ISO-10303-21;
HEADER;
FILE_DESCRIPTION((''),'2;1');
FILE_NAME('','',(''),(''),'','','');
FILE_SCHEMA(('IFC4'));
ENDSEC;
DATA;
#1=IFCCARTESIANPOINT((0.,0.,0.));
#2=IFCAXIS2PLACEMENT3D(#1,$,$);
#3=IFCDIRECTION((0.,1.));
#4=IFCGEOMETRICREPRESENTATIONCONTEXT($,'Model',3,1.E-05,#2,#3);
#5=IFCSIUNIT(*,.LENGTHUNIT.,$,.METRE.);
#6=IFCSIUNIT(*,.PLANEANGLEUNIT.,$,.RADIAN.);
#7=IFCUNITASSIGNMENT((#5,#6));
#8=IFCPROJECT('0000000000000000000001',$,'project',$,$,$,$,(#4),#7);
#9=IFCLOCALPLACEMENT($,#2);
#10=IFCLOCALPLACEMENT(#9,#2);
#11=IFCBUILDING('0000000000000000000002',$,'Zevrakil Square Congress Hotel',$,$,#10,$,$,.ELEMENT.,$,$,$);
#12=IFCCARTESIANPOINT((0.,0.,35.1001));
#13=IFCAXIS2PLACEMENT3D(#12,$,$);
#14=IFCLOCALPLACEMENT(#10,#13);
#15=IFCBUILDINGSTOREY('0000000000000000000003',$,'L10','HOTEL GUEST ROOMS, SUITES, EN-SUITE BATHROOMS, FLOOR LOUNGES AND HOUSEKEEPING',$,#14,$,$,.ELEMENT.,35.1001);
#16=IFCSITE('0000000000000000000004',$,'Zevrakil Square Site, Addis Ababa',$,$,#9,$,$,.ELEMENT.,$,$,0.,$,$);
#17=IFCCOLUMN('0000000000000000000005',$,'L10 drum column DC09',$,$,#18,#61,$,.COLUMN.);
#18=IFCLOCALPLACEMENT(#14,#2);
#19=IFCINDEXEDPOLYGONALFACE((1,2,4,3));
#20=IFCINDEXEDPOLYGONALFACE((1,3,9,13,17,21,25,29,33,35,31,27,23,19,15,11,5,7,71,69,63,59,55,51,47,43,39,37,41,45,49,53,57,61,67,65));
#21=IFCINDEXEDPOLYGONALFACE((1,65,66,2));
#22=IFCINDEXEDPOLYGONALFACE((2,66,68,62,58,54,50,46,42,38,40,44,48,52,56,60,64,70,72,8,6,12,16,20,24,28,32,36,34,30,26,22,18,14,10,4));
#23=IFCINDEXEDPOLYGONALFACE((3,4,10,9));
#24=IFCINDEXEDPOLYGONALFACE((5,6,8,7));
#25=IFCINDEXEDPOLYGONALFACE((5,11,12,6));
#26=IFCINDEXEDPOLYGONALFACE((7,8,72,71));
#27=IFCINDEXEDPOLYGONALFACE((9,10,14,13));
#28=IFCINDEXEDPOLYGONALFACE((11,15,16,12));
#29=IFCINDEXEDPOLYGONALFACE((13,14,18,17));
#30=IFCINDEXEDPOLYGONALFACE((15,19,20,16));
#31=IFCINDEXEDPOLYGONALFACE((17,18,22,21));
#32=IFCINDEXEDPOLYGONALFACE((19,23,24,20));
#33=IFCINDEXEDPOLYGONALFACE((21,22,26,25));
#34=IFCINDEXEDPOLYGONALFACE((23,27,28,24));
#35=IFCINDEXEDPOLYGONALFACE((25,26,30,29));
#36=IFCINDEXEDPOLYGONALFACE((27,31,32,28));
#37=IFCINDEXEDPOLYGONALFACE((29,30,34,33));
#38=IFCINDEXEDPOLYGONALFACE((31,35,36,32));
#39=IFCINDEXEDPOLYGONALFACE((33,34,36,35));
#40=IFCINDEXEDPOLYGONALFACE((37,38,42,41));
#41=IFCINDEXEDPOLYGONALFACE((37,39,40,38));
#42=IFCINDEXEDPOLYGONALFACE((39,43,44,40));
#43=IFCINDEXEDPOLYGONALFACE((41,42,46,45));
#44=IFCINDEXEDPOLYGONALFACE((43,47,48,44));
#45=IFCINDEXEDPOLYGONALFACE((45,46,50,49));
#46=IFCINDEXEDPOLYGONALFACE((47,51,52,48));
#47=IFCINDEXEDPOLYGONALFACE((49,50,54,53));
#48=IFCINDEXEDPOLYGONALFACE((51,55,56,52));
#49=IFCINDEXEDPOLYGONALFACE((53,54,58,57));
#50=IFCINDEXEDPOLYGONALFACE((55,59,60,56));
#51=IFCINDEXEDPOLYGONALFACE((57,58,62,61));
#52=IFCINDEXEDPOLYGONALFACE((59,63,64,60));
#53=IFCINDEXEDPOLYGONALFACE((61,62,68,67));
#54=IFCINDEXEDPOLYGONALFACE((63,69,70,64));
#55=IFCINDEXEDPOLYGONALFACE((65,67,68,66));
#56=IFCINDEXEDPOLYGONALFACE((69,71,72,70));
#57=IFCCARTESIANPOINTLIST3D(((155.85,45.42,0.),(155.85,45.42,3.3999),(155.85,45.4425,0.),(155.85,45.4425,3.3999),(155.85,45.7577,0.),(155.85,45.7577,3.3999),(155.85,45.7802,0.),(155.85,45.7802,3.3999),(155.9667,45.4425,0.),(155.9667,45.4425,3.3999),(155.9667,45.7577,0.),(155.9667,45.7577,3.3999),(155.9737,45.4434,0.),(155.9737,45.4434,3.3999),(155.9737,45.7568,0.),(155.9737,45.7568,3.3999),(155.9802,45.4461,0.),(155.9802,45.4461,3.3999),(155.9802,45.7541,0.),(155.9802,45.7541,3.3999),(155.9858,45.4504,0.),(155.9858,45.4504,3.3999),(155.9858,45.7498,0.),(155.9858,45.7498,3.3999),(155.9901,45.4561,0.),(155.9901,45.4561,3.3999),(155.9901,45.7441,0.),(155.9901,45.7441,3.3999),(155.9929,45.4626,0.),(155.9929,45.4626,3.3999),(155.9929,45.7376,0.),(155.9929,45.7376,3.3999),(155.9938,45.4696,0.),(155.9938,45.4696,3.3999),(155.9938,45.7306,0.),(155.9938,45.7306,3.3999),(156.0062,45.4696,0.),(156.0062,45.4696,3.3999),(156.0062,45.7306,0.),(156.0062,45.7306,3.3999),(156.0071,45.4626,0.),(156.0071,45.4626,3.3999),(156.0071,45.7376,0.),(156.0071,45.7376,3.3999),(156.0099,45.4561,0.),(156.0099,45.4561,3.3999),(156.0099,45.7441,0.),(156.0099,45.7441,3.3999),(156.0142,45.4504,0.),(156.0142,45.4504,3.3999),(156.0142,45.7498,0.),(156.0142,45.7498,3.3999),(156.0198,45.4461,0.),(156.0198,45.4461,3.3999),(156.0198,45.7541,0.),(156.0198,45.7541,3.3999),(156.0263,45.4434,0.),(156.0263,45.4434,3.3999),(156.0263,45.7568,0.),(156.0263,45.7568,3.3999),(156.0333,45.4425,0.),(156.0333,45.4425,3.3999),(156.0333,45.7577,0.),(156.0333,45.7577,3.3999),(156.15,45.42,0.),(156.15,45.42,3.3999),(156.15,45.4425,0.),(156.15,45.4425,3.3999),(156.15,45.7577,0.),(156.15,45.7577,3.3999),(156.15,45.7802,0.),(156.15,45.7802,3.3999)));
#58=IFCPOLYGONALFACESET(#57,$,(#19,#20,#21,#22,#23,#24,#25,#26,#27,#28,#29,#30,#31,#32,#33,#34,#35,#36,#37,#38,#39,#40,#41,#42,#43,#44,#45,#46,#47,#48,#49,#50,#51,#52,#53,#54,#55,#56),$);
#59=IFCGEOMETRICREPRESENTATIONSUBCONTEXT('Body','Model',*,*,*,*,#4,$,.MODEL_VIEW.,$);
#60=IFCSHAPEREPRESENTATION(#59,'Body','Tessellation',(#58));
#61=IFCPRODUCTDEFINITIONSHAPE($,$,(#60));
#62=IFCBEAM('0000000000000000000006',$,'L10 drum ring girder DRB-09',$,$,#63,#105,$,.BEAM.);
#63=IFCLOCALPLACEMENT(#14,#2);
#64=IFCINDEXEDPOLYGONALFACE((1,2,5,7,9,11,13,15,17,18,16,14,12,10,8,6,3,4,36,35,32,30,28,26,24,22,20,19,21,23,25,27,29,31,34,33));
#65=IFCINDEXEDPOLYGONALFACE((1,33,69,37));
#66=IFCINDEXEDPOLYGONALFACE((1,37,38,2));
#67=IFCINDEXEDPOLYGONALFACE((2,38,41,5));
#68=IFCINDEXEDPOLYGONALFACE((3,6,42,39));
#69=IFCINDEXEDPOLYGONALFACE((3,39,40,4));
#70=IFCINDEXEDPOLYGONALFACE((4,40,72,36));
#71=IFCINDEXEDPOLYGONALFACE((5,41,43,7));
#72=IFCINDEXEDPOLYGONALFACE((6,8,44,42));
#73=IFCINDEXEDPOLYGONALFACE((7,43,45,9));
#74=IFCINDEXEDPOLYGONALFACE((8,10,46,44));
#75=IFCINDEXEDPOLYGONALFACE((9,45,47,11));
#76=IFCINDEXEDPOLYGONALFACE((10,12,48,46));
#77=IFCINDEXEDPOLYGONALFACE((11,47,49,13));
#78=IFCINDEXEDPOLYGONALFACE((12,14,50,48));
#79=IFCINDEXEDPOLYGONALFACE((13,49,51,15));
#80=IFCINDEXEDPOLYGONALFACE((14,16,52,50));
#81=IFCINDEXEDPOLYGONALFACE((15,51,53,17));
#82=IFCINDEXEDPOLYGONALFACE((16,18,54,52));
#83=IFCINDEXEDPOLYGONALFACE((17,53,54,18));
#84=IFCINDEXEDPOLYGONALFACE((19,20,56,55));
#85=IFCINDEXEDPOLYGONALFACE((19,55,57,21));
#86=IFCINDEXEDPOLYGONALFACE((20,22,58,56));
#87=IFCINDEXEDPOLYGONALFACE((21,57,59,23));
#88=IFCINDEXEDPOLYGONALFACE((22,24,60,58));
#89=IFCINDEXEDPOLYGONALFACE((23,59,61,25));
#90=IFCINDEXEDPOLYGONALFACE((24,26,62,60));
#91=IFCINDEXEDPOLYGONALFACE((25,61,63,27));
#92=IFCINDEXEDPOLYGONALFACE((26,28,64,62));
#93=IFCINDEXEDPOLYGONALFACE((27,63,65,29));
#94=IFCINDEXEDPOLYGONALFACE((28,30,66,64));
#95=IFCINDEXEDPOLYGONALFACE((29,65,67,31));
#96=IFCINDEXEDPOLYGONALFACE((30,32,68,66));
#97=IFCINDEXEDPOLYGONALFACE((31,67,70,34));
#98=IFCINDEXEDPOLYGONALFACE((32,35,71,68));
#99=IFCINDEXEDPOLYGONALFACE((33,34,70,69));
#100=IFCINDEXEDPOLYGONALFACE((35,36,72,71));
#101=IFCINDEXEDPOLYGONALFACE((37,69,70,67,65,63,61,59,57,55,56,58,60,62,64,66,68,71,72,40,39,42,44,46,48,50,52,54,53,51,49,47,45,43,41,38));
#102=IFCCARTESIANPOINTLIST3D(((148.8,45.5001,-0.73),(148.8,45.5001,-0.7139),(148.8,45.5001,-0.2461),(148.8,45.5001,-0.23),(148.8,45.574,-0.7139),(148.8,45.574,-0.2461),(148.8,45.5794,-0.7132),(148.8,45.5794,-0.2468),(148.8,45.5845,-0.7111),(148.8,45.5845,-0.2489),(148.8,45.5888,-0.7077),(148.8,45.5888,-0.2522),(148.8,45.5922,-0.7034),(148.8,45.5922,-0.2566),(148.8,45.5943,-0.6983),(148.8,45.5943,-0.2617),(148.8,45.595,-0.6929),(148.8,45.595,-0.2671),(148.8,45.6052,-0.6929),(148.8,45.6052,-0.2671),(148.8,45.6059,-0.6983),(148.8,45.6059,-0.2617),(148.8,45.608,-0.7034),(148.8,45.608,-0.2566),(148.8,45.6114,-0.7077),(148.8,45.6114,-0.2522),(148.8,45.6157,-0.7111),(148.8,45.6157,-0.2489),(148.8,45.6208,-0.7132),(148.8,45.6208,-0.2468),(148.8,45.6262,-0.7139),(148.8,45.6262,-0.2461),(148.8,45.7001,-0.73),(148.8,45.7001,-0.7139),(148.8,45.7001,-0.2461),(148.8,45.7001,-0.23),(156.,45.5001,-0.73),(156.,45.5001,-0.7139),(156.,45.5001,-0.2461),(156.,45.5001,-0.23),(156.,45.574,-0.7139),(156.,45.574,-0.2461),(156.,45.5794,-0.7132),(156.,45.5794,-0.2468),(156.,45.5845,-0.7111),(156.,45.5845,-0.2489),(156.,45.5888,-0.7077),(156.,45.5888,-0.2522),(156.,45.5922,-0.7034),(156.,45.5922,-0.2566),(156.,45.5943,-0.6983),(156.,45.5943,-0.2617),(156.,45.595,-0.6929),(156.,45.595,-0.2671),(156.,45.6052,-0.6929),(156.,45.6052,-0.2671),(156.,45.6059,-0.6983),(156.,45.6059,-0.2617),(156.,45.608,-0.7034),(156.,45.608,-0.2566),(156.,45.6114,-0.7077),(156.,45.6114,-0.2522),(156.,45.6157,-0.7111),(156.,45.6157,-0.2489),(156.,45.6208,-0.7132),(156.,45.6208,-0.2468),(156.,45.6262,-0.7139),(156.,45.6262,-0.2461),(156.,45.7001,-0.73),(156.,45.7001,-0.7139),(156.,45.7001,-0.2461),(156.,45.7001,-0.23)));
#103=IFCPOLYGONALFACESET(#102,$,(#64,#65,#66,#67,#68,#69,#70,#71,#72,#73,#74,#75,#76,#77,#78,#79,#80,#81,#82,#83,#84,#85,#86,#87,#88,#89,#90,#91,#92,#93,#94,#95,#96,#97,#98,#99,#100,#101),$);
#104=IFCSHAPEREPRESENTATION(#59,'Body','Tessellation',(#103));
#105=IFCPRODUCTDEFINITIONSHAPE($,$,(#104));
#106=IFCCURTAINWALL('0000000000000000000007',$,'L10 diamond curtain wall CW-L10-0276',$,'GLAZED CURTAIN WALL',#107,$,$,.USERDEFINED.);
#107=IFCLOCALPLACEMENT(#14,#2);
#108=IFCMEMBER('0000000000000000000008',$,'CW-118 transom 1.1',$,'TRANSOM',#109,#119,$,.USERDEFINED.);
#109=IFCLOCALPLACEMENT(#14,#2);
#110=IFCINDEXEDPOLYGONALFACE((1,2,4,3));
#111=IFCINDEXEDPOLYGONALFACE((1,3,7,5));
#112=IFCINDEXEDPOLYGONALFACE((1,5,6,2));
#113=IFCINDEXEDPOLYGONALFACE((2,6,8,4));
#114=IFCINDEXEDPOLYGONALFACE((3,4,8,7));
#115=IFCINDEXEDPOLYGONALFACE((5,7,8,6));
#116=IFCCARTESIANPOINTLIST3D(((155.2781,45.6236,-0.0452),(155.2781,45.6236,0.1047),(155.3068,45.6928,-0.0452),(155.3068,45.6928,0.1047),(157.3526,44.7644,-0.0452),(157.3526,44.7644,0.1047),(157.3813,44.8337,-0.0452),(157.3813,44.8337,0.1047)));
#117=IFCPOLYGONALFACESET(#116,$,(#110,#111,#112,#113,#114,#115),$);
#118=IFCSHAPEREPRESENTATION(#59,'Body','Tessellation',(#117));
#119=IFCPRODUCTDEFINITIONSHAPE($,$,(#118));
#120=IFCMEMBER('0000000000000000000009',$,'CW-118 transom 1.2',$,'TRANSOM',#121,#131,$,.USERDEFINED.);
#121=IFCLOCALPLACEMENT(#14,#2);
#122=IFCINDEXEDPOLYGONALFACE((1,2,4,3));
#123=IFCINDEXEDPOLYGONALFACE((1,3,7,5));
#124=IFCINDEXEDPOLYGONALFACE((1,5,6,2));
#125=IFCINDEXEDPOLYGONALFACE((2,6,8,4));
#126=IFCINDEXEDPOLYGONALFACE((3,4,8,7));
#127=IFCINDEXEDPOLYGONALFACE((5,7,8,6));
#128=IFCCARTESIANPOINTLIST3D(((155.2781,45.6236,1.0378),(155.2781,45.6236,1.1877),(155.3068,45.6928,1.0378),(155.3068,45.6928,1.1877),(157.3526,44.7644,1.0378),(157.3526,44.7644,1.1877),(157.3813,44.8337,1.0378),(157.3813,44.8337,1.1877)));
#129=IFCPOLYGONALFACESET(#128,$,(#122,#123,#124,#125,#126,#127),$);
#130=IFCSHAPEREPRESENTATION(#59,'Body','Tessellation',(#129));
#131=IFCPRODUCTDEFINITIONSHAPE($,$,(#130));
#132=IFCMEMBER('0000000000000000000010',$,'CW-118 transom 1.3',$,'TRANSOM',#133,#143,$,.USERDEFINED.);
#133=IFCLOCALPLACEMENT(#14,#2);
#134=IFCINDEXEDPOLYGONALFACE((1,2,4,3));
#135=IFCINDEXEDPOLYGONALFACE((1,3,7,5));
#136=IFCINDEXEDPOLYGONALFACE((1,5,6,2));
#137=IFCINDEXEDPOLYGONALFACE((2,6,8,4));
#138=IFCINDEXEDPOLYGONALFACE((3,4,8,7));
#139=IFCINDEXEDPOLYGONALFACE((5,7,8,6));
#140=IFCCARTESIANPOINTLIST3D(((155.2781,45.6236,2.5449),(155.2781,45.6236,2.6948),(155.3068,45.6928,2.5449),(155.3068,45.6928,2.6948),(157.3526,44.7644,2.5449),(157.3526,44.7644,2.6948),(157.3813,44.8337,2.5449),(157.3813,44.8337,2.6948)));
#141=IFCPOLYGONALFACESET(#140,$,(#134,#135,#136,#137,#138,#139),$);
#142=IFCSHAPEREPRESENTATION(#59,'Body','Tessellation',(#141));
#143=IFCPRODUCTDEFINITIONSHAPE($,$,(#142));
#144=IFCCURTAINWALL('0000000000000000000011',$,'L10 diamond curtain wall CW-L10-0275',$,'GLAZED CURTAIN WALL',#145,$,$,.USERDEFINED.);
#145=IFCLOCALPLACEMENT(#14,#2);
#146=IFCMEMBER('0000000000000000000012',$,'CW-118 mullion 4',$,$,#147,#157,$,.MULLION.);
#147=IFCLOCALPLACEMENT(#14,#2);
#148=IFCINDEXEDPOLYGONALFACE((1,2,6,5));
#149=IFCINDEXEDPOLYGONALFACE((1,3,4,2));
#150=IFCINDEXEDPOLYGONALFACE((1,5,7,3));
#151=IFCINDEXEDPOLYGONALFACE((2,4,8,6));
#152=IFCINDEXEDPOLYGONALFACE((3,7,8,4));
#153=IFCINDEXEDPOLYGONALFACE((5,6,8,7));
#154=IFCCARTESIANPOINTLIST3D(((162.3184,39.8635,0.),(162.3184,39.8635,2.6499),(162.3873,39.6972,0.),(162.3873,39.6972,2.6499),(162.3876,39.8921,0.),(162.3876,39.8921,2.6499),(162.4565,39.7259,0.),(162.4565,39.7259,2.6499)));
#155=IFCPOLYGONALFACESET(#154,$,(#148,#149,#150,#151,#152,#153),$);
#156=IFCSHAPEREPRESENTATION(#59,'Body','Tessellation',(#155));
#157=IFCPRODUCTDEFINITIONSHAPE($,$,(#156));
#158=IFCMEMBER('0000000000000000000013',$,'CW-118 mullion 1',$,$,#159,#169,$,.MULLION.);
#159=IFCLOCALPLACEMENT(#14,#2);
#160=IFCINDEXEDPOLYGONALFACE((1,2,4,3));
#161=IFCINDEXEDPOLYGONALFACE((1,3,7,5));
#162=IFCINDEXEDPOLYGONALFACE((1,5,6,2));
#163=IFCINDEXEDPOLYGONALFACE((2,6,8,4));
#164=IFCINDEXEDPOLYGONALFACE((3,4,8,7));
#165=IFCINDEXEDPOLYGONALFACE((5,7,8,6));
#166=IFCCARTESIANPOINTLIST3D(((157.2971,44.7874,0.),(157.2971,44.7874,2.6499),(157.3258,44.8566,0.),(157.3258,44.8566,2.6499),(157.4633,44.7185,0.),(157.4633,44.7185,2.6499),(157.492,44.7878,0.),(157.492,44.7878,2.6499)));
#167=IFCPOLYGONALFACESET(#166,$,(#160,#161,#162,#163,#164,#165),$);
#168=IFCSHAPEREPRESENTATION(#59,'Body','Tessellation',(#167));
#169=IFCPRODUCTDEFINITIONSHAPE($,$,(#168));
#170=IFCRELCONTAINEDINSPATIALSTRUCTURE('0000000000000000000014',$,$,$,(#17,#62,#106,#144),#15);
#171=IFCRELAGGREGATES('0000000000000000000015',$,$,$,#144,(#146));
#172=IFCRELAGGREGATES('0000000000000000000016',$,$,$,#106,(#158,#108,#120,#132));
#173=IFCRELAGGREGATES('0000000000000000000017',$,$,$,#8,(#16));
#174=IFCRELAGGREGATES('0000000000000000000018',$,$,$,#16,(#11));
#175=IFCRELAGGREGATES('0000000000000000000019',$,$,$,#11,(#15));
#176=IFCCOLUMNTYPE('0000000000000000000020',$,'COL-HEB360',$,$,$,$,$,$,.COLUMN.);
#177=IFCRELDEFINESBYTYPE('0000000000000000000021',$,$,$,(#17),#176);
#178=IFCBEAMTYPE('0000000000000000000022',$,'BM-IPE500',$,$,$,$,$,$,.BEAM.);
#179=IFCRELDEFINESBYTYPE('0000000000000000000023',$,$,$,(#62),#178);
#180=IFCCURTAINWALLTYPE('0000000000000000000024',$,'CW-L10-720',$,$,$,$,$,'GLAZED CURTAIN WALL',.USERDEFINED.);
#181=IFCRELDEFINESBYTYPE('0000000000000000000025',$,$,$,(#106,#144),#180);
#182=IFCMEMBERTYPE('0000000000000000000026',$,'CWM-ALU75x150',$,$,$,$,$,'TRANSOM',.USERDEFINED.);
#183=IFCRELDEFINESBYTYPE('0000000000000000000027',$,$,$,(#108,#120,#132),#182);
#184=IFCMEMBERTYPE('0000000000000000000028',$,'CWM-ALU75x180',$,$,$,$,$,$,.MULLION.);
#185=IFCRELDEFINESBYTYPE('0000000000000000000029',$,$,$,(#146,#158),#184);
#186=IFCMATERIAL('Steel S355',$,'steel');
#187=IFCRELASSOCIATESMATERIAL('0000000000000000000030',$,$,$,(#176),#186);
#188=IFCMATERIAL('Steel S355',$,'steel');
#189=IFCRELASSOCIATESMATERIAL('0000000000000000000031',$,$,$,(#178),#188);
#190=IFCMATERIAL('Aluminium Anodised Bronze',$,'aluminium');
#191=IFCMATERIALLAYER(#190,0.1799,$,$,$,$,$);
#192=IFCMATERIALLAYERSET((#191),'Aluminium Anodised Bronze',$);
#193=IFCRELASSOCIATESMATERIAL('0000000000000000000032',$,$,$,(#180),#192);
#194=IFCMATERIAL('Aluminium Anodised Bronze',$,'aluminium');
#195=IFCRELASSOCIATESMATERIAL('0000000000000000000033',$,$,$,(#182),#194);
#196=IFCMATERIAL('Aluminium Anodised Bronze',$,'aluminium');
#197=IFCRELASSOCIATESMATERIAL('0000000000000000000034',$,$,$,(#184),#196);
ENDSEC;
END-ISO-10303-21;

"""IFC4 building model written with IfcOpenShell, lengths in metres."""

from ifc_helpers import new_model, si_unit, direction, frame, origin, origin_2d, place, context, subcontext, project, spatial, rectangle, i_section, extrude, material, layer, layer_set, material_profile, profile_set, type_object, element, aggregate, save


model = new_model("IFC4")

# Units and contexts
model_context = context("Model", 3, precision=1e-05, world=origin(), true_north=direction((0.0, 1.0)))
body_context = subcontext(model_context, "Body", "Model", "MODEL_VIEW")
ifc_project = project(units=[si_unit("LENGTHUNIT", "METRE"), si_unit("PLANEANGLEUNIT", "RADIAN")], contexts=[model_context])

# Site, building, storey
site_placement = place(None, origin())
site = spatial("IfcSite", under=ifc_project, at=site_placement, Name="Zevrakil Square Site, Addis Ababa", CompositionType="ELEMENT", RefElevation=0.0)
building_placement = place(site_placement, origin())
building = spatial("IfcBuilding", under=site, at=building_placement, Name="Zevrakil Square Congress Hotel", CompositionType="ELEMENT")
storey_placement = place(building_placement, frame((0.0, 0.0, 35.1001)))
storey = spatial("IfcBuildingStorey", under=building, at=storey_placement, Name="L10", Description="HOTEL GUEST ROOMS, SUITES, EN-SUITE BATHROOMS, FLOOR LOUNGES AND HOUSEKEEPING", CompositionType="ELEMENT", Elevation=35.1001)

# Column
ifc_material_1 = material(Name="Steel S355", Category="steel")
ifc_material_profile_1 = material_profile(ifc_material_1, i_section(OverallWidth=0.3, OverallDepth=0.3601, WebThickness=0.0125, FlangeThickness=0.0225, FilletRadius=0.0271, at=origin_2d()), Name="HEB 360")
ifc_profile_set_1 = profile_set([ifc_material_profile_1], Name="Steel S355")
column_type = type_object("IfcColumnType", Name="COL-HEB360", PredefinedType="COLUMN", material=ifc_profile_set_1)
column_placement = place(storey_placement, frame((156.0, 45.6001, 0.0), z_axis=(0.0, 0.0, 1.0), x_axis=(1.0, 0.0, 0.0)))
element("IfcColumn", 1, at=column_placement, inside=storey, type_object=column_type, Name="L10 drum column DC09", PredefinedType="COLUMN", context=body_context, shape_type="SweptSolid", body=[
    extrude(i_section(OverallWidth=0.3, OverallDepth=0.3601, WebThickness=0.0125, FlangeThickness=0.0225, FilletRadius=0.0271, at=origin_2d()), origin(), (0.0, 0.0, 1.0), 3.3999),
])

# Beam
ifc_material_2 = material(Name="Steel S355", Category="steel")
ifc_material_profile_2 = material_profile(ifc_material_2, i_section(OverallWidth=0.2, OverallDepth=0.5, WebThickness=0.0103, FlangeThickness=0.0161, FilletRadius=0.021, at=origin_2d()), Name="IPE 500")
ifc_profile_set_2 = profile_set([ifc_material_profile_2], Name="Steel S355")
beam_type_1 = type_object("IfcBeamType", Name="BM-IPE500", PredefinedType="BEAM", material=ifc_profile_set_2)
beam_1_placement = place(storey_placement, frame((156.0, 45.6001, -0.48), z_axis=(-1.0, 0.0, 0.0), x_axis=(0.0, -1.0, 0.0)))
element("IfcBeam", 2, at=beam_1_placement, inside=storey, type_object=beam_type_1, Name="L10 drum ring girder DRB-09", PredefinedType="BEAM", context=body_context, shape_type="SweptSolid", body=[
    extrude(i_section(OverallWidth=0.2, OverallDepth=0.5, WebThickness=0.0103, FlangeThickness=0.0161, FilletRadius=0.021, at=origin_2d()), origin(), (0.0, 0.0, 1.0), 7.2),
])

# Curtain wall, members
ifc_material_3 = material(Name="Aluminium Anodised Bronze", Category="aluminium")
ifc_layer_1 = layer(ifc_material_3, 0.1799)
ifc_layer_set_1 = layer_set([ifc_layer_1], Name="Aluminium Anodised Bronze")
curtain_wall_type = type_object("IfcCurtainWallType", Name="CW-L10-720", ElementType="GLAZED CURTAIN WALL", PredefinedType="USERDEFINED", material=ifc_layer_set_1)
curtain_wall_1_placement = place(storey_placement, origin())
curtain_wall_1 = element("IfcCurtainWall", 3, at=curtain_wall_1_placement, inside=storey, type_object=curtain_wall_type, Name="L10 diamond curtain wall CW-L10-0276", ObjectType="GLAZED CURTAIN WALL", PredefinedType="USERDEFINED")
ifc_material_4 = material(Name="Aluminium Anodised Bronze", Category="aluminium")
ifc_material_profile_3 = material_profile(ifc_material_4, rectangle(XDim=0.075, YDim=0.1499, at=origin_2d()), Name="ALU 75x150")
ifc_profile_set_3 = profile_set([ifc_material_profile_3], Name="Aluminium Anodised Bronze")
member_type_1 = type_object("IfcMemberType", Name="CWM-ALU75x150", ElementType="TRANSOM", PredefinedType="USERDEFINED", material=ifc_profile_set_3)
member_1_placement = place(storey_placement, frame((157.3669, 44.7991, 0.0298), z_axis=(-0.923902, 0.38263, 0.0), x_axis=(-0.38263, -0.923902, 0.0)))
member_1 = element("IfcMember", 4, at=member_1_placement, type_object=member_type_1, Name="CW-118 transom 1.1", ObjectType="TRANSOM", PredefinedType="USERDEFINED", context=body_context, shape_type="SweptSolid", body=[
    extrude(rectangle(XDim=0.075, YDim=0.1499, at=origin_2d()), origin(), (0.0, 0.0, 1.0), 2.2454),
])
member_2_placement = place(storey_placement, frame((157.3669, 44.7991, 1.1128), z_axis=(-0.923902, 0.38263, 0.0), x_axis=(-0.38263, -0.923902, 0.0)))
member_2 = element("IfcMember", 5, at=member_2_placement, type_object=member_type_1, Name="CW-118 transom 1.2", ObjectType="TRANSOM", PredefinedType="USERDEFINED", context=body_context, shape_type="SweptSolid", body=[
    extrude(rectangle(XDim=0.075, YDim=0.1499, at=origin_2d()), origin(), (0.0, 0.0, 1.0), 2.2454),
])
member_3_placement = place(storey_placement, frame((157.3669, 44.7991, 2.6199), z_axis=(-0.923902, 0.38263, 0.0), x_axis=(-0.38263, -0.923902, 0.0)))
member_3 = element("IfcMember", 6, at=member_3_placement, type_object=member_type_1, Name="CW-118 transom 1.3", ObjectType="TRANSOM", PredefinedType="USERDEFINED", context=body_context, shape_type="SweptSolid", body=[
    extrude(rectangle(XDim=0.075, YDim=0.1499, at=origin_2d()), origin(), (0.0, 0.0, 1.0), 2.2454),
])

# Curtain wall, member
curtain_wall_2_placement = place(storey_placement, origin())
curtain_wall_2 = element("IfcCurtainWall", 7, at=curtain_wall_2_placement, inside=storey, type_object=curtain_wall_type, Name="L10 diamond curtain wall CW-L10-0275", ObjectType="GLAZED CURTAIN WALL", PredefinedType="USERDEFINED")
ifc_material_5 = material(Name="Aluminium Anodised Bronze", Category="aluminium")
ifc_material_profile_4 = material_profile(ifc_material_5, rectangle(XDim=0.075, YDim=0.1799, at=origin_2d()), Name="ALU 75x180")
ifc_profile_set_4 = profile_set([ifc_material_profile_4], Name="Aluminium Anodised Bronze")
member_type_2 = type_object("IfcMemberType", Name="CWM-ALU75x180", PredefinedType="MULLION", material=ifc_profile_set_4)
member_4_placement = place(storey_placement, frame((162.3875, 39.7947, 0.0), z_axis=(0.0, 0.0, 1.0), x_axis=(-0.923879, -0.382684, 0.0)))
member_4 = element("IfcMember", 8, at=member_4_placement, type_object=member_type_2, Name="CW-118 mullion 4", PredefinedType="MULLION", context=body_context, shape_type="SweptSolid", body=[
    extrude(rectangle(XDim=0.075, YDim=0.1799, at=origin_2d()), origin(), (0.0, 0.0, 1.0), 2.6499),
])
aggregate(curtain_wall_2, [member_4])

# Member
member_5_placement = place(storey_placement, frame((157.3945, 44.7876, 0.0), z_axis=(0.0, 0.0, 1.0), x_axis=(-0.382684, -0.923879, 0.0)))
member_5 = element("IfcMember", 9, at=member_5_placement, type_object=member_type_2, Name="CW-118 mullion 1", PredefinedType="MULLION", context=body_context, shape_type="SweptSolid", body=[
    extrude(rectangle(XDim=0.075, YDim=0.1799, at=origin_2d()), origin(), (0.0, 0.0, 1.0), 2.6499),
])

aggregate(curtain_wall_1, [member_5, member_1, member_2, member_3])

save(model, "model.ifc")
